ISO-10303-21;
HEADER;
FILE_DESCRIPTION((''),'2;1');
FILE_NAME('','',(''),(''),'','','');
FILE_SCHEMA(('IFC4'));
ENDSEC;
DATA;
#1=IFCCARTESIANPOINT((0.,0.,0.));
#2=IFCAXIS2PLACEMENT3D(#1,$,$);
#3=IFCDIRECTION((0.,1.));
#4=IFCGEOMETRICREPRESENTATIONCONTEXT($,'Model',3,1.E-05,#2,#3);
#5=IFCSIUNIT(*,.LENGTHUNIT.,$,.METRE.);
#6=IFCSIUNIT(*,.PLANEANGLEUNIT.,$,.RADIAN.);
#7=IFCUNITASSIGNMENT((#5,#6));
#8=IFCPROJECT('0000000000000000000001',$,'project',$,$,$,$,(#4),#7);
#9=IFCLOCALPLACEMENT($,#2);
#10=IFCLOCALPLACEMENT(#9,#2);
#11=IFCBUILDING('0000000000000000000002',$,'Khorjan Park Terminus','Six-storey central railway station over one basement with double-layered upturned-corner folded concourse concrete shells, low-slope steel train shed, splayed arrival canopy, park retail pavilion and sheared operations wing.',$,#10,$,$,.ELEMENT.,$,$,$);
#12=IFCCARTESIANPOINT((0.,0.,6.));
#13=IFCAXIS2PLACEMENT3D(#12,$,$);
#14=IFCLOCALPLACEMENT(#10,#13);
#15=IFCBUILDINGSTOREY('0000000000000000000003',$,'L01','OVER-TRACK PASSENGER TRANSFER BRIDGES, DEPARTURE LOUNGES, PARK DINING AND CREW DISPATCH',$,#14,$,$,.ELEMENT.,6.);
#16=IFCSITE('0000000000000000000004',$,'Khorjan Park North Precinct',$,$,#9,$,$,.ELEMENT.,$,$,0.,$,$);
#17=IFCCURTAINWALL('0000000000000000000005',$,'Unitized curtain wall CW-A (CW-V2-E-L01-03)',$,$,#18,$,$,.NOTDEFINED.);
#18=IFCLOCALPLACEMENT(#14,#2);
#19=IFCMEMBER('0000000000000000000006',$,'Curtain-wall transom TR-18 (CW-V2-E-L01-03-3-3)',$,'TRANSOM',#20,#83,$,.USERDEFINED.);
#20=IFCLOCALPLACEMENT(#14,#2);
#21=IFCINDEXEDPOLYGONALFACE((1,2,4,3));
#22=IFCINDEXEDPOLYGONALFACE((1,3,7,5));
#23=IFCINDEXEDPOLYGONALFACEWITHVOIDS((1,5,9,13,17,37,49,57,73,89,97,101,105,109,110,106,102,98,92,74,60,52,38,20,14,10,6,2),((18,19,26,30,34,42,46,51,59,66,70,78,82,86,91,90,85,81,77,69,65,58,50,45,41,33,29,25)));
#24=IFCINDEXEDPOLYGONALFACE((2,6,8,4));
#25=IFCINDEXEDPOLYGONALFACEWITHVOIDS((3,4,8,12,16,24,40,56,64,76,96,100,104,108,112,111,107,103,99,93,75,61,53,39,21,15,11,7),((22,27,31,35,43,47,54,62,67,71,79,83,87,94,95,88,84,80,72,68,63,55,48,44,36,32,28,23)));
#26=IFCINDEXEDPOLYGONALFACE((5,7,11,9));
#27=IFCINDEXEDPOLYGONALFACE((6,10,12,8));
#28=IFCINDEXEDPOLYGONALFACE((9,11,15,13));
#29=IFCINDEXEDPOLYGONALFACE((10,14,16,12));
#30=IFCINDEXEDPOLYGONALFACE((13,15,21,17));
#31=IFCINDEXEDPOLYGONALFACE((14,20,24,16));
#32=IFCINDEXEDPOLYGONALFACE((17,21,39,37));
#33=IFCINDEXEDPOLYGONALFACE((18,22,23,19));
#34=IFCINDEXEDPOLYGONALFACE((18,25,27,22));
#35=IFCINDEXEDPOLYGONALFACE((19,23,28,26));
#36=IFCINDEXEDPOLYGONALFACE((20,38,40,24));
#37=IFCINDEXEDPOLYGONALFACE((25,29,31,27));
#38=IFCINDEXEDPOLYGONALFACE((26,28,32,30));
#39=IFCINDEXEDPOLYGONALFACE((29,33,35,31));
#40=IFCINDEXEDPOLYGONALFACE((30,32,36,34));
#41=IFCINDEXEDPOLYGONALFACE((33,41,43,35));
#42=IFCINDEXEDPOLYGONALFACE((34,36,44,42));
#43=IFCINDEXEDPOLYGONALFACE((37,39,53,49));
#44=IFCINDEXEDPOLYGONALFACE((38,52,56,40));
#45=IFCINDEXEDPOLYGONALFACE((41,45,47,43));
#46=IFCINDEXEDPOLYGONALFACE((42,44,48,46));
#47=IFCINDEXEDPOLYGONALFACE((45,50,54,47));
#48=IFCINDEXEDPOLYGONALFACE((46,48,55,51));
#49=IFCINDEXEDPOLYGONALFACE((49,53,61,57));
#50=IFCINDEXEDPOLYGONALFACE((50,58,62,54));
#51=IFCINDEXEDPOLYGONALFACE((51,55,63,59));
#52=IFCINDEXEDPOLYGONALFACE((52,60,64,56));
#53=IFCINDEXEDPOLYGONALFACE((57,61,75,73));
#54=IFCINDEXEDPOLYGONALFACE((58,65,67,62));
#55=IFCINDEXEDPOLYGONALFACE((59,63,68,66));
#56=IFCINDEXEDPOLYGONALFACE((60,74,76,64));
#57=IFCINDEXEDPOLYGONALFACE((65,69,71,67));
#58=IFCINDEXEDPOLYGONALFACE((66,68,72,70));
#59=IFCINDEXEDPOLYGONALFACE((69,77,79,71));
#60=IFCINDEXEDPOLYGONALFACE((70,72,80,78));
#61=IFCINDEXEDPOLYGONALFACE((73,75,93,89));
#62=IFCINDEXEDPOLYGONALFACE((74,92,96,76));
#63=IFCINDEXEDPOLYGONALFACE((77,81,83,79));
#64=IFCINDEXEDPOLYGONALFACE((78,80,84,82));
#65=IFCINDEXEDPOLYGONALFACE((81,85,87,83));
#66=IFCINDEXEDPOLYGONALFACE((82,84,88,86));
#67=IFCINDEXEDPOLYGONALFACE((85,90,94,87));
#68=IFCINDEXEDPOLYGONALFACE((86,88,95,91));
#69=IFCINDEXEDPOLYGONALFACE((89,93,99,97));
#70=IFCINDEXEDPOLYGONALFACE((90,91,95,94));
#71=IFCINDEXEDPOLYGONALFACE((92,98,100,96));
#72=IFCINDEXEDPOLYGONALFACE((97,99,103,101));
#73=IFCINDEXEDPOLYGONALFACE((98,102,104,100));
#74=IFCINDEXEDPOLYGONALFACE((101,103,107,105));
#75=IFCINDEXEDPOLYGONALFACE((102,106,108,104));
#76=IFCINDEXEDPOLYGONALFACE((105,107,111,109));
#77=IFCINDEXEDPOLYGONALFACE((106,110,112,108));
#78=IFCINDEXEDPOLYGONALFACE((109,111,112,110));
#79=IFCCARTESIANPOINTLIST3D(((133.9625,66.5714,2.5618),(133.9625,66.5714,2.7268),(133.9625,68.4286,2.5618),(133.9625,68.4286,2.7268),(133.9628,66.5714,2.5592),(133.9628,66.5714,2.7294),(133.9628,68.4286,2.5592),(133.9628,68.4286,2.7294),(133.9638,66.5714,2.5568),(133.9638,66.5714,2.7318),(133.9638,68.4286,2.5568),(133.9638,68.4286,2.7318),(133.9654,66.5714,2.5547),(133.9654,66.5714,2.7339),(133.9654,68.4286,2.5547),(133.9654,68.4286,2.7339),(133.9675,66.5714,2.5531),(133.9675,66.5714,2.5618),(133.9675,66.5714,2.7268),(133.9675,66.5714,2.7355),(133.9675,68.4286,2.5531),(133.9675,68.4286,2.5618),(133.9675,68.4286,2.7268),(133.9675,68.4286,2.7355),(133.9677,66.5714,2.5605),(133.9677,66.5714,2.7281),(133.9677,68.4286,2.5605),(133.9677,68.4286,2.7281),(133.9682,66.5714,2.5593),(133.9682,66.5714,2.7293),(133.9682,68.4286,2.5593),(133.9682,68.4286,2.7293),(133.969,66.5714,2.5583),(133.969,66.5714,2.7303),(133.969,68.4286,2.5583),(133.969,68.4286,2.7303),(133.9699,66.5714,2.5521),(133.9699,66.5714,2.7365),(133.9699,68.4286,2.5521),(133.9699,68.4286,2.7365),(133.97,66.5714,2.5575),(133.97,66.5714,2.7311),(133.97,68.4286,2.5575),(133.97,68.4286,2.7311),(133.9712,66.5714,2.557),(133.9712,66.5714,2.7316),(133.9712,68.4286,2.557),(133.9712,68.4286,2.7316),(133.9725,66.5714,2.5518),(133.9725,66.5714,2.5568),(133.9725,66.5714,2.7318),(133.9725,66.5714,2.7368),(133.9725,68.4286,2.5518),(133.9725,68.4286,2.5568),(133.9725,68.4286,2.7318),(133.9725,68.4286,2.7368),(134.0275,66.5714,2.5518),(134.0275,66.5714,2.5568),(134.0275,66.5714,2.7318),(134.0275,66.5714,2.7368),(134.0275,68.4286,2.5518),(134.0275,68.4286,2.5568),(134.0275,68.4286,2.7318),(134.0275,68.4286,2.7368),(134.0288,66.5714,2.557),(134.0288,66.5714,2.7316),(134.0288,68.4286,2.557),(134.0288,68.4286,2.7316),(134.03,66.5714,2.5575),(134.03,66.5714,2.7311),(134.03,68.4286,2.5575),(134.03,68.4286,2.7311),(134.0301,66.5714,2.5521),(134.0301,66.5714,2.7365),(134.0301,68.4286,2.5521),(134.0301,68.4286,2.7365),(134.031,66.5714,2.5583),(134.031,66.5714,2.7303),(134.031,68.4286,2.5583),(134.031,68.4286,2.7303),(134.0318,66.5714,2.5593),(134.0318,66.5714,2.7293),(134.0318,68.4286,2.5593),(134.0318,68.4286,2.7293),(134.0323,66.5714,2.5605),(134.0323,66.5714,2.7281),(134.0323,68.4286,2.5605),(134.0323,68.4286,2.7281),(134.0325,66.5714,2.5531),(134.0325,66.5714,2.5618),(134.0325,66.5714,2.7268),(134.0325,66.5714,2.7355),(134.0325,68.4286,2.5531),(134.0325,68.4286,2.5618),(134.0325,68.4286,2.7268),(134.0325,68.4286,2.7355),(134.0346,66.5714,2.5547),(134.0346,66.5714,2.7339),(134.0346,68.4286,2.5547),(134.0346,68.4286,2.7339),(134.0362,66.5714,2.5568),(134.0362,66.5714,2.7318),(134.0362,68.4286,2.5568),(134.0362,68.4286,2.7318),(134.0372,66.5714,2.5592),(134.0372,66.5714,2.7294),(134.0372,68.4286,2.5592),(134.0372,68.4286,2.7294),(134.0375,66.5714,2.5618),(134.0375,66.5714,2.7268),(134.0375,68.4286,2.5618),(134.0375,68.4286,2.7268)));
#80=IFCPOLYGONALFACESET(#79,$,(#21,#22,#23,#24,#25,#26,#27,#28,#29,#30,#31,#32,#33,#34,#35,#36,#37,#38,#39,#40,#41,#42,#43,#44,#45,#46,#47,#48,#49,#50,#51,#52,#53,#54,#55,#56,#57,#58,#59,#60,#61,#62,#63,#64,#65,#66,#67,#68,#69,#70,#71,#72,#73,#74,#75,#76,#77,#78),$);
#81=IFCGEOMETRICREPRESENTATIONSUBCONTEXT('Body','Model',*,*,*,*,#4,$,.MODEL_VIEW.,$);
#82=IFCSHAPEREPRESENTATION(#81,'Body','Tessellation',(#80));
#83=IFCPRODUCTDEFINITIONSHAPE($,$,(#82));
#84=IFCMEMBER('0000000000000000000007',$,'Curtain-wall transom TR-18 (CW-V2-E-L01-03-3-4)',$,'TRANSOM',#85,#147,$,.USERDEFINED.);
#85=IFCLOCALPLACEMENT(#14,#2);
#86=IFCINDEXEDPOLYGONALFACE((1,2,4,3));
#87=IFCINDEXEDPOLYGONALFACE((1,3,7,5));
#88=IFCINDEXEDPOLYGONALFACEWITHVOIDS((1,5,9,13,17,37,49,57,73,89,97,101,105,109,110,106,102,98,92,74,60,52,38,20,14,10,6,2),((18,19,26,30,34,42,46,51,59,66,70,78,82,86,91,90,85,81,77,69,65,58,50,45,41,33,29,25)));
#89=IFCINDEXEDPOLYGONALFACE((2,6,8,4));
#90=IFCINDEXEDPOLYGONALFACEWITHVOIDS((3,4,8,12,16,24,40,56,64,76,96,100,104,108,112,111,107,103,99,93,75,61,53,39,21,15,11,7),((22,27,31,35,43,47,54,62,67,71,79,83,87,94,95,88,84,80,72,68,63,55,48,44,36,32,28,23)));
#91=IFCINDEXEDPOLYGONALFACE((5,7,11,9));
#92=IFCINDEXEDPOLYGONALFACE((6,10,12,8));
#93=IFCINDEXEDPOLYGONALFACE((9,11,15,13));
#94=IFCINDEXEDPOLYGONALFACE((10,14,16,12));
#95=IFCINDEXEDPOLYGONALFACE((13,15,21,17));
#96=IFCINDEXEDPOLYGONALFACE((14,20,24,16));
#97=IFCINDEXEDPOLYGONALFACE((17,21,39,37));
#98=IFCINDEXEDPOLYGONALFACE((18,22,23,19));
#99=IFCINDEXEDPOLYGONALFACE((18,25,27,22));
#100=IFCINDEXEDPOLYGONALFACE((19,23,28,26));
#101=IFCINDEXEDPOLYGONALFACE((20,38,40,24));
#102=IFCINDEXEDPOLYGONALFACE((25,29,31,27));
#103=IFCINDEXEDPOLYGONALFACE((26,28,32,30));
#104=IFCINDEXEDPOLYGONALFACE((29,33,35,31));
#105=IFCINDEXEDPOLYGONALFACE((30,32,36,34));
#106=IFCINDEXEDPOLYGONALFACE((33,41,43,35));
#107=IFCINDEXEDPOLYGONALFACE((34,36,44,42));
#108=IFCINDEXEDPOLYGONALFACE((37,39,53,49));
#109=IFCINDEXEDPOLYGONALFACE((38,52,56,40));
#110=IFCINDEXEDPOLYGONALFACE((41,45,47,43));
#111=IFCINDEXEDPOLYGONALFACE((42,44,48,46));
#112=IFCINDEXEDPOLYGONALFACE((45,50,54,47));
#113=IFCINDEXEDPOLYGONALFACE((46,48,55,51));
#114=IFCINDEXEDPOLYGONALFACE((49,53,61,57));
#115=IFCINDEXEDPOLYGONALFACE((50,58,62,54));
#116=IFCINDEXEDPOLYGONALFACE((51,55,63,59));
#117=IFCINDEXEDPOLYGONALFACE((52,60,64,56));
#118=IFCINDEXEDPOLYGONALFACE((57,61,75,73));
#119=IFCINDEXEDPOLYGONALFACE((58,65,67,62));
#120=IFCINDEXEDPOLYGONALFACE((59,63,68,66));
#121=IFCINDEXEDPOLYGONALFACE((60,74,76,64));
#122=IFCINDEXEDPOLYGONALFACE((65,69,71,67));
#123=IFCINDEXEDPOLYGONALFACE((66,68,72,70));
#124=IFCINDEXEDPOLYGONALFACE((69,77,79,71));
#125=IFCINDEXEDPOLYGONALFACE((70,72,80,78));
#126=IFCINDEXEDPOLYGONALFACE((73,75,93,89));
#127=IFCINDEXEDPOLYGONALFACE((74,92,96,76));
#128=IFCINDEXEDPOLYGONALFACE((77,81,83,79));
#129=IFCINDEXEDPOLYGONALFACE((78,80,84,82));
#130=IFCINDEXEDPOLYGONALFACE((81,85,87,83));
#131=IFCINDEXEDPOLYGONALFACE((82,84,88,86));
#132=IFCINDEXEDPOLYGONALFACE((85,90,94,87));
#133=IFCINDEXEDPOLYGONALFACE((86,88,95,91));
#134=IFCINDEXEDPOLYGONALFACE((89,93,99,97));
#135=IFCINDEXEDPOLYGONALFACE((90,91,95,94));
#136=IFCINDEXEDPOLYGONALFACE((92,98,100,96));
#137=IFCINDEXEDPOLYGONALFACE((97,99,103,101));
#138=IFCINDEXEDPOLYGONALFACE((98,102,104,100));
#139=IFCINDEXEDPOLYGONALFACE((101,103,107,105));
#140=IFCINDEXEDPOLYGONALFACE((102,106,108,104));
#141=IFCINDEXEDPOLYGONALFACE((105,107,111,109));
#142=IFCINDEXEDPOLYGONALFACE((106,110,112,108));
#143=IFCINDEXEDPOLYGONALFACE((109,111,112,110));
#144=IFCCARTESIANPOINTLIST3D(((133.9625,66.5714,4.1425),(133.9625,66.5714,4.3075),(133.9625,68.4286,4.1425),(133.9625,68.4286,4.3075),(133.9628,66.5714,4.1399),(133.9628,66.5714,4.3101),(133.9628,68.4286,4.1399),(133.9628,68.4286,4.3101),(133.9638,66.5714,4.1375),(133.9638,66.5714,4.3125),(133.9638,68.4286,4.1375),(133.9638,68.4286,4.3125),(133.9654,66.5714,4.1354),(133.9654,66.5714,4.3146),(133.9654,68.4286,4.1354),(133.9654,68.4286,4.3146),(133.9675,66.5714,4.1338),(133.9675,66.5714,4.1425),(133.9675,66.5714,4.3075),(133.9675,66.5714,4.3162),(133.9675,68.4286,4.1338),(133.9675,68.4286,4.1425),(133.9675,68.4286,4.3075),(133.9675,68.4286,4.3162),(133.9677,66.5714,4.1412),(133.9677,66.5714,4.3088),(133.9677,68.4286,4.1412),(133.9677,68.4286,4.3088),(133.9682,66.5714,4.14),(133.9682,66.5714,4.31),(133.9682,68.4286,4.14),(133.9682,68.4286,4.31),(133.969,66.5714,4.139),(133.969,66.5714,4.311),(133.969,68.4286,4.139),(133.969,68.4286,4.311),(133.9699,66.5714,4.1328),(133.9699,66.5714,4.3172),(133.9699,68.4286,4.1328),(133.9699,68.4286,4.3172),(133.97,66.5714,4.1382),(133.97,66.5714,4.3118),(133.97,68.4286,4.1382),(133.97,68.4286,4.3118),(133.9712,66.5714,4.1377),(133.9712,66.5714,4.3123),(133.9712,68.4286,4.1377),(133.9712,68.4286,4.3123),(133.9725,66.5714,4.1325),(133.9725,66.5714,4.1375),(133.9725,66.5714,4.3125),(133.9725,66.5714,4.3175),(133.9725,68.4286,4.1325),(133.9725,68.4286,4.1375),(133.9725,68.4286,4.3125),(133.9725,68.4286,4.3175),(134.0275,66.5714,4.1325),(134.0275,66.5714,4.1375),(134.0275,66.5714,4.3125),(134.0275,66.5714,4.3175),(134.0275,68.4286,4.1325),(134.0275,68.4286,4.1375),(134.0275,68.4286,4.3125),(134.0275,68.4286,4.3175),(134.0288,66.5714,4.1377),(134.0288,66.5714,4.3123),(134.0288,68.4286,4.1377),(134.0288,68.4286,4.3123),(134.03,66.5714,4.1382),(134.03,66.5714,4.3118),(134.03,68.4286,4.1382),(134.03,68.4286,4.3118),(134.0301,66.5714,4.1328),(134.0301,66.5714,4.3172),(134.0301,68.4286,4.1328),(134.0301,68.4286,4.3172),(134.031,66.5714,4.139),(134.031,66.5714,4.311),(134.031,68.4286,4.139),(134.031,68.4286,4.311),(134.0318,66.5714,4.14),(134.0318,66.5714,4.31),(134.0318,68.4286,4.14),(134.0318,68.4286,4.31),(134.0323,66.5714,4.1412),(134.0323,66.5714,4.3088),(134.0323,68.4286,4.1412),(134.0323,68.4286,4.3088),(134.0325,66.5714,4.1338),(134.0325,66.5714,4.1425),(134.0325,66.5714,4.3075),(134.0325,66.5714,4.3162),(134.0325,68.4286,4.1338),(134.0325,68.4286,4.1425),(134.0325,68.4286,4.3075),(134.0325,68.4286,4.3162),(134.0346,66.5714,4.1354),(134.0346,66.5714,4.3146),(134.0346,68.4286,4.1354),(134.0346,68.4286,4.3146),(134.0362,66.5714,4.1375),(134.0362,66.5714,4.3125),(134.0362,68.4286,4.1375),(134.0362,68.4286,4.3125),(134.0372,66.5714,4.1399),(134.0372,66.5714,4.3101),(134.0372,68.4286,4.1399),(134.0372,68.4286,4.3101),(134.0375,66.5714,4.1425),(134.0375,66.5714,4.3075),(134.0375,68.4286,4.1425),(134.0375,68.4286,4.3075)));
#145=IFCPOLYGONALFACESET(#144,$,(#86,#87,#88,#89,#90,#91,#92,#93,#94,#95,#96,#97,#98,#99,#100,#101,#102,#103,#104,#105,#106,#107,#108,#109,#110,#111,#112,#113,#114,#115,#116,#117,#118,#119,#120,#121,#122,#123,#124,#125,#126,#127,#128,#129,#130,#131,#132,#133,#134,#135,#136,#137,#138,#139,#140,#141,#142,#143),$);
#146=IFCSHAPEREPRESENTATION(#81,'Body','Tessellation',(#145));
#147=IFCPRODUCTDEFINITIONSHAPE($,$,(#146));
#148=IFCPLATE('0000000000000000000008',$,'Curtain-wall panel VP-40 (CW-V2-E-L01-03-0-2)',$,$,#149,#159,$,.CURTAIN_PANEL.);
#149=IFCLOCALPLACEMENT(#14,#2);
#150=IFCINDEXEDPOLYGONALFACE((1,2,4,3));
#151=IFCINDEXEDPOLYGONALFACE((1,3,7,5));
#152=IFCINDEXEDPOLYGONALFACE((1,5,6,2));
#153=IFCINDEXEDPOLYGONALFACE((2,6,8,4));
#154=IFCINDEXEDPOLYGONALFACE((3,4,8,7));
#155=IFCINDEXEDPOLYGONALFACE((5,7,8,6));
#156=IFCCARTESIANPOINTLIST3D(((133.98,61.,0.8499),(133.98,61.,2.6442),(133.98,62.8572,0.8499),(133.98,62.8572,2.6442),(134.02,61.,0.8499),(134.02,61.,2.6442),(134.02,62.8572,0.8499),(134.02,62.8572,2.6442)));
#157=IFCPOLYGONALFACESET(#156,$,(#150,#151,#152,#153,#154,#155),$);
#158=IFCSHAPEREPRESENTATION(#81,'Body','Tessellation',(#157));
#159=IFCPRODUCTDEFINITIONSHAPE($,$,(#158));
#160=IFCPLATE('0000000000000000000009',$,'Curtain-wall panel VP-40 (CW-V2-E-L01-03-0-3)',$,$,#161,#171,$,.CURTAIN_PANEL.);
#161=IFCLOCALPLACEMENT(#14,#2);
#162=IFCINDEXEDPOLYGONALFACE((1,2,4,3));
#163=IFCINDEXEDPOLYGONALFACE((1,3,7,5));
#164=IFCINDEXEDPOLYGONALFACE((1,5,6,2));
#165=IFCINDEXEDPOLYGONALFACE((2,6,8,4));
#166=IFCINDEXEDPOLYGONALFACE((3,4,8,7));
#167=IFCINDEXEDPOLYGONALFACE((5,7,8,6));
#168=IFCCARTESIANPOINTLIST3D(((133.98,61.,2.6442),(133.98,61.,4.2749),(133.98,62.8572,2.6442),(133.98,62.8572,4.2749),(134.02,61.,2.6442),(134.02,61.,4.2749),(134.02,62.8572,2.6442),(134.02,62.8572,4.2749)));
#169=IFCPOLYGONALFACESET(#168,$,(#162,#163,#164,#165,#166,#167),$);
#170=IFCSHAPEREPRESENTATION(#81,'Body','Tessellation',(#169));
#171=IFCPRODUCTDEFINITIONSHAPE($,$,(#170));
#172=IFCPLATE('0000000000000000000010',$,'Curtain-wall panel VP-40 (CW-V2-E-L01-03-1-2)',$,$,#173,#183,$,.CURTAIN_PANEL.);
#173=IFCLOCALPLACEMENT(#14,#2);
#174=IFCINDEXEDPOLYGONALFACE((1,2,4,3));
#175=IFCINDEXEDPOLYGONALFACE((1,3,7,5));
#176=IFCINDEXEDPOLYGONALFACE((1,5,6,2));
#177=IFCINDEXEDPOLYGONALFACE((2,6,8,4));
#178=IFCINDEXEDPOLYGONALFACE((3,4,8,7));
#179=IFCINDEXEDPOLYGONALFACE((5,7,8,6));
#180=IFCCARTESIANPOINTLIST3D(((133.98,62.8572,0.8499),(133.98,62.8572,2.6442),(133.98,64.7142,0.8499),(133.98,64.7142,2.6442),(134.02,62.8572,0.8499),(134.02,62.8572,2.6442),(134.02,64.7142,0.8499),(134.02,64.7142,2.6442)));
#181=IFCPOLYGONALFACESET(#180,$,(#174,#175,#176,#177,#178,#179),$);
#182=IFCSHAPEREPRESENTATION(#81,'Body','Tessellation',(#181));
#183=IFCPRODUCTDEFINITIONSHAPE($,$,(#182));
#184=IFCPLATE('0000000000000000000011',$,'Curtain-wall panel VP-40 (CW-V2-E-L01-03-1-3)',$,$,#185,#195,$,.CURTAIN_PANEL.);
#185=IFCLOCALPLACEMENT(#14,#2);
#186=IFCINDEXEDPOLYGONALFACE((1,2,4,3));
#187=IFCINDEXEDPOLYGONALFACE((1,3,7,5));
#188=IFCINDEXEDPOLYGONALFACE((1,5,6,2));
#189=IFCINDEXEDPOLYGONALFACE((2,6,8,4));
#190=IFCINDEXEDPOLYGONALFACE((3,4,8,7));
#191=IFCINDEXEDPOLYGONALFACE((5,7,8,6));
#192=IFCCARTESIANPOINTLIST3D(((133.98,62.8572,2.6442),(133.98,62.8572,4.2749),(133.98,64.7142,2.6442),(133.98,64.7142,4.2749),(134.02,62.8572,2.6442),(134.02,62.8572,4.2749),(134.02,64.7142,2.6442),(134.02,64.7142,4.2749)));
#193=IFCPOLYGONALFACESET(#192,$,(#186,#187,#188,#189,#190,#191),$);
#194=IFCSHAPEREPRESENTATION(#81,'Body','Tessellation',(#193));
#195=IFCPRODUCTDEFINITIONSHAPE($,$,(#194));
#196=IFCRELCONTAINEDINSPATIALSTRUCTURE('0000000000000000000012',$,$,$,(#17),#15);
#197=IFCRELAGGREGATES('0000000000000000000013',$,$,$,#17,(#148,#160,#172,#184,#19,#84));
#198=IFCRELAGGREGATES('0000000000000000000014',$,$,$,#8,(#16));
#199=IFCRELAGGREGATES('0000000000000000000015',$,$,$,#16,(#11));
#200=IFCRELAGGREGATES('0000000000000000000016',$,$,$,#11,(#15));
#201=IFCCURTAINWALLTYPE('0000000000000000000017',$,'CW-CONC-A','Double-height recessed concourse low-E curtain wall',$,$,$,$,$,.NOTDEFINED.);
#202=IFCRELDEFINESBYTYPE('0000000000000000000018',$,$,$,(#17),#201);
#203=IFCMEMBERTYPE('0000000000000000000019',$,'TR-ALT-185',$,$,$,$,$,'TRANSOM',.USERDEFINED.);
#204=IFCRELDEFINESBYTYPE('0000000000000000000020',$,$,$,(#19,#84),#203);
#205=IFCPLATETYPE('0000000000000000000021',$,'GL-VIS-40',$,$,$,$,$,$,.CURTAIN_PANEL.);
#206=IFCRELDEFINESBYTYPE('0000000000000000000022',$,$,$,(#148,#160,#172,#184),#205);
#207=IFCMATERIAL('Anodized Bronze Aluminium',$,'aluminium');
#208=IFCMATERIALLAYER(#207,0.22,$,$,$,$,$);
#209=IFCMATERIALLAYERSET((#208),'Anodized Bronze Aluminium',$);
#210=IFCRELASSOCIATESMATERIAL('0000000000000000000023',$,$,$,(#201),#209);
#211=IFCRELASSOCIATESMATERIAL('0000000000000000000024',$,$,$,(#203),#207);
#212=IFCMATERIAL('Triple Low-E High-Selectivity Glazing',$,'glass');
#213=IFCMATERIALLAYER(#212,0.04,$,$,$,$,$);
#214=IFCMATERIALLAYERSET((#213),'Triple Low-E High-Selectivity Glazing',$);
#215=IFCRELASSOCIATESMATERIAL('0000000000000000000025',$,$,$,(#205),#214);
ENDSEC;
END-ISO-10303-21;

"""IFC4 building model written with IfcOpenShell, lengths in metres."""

from ifc_helpers import new_model, si_unit, direction, frame, origin, origin_2d, place, context, subcontext, project, spatial, rectangle, hollow_rectangle, extrude, material, layer, layer_set, material_profile, profile_set, type_object, element, aggregate, save


model = new_model("IFC4")

# Units and contexts
model_context = context("Model", 3, precision=1e-05, world=origin(), true_north=direction((0.0, 1.0)))
body_context = subcontext(model_context, "Body", "Model", "MODEL_VIEW")
ifc_project = project(units=[si_unit("LENGTHUNIT", "METRE"), si_unit("PLANEANGLEUNIT", "RADIAN")], contexts=[model_context])

# Site, building, storey
site_placement = place(None, origin())
site = spatial("IfcSite", under=ifc_project, at=site_placement, Name="Khorjan Park North Precinct", CompositionType="ELEMENT", RefElevation=0.0)
building_placement = place(site_placement, origin())
building = spatial("IfcBuilding", under=site, at=building_placement, Name="Khorjan Park Terminus", Description="Six-storey central railway station over one basement with double-layered upturned-corner folded concourse concrete shells, low-slope steel train shed, splayed arrival canopy, park retail pavilion and sheared operations wing.", CompositionType="ELEMENT")
storey_placement = place(building_placement, frame((0.0, 0.0, 6.0)))
storey = spatial("IfcBuildingStorey", under=building, at=storey_placement, Name="L01", Description="OVER-TRACK PASSENGER TRANSFER BRIDGES, DEPARTURE LOUNGES, PARK DINING AND CREW DISPATCH", CompositionType="ELEMENT", Elevation=6.0)

# Shared definitions
ifc_material_1 = material(Name="Anodized Bronze Aluminium", Category="aluminium")
ifc_layer_1 = layer(ifc_material_1, 0.22)
ifc_layer_set_1 = layer_set([ifc_layer_1], Name="Anodized Bronze Aluminium")
curtain_wall_type = type_object("IfcCurtainWallType", Name="CW-CONC-A", Description="Double-height recessed concourse low-E curtain wall", PredefinedType="NOTDEFINED", material=ifc_layer_set_1)

# Curtain wall
curtain_wall_1_placement = place(storey_placement, origin())
curtain_wall_1 = element("IfcCurtainWall", 1, at=curtain_wall_1_placement, inside=storey, type_object=curtain_wall_type, Name="Unitized curtain wall CW-A (CW-V2-E-L01-03)", PredefinedType="NOTDEFINED")

# Members
ifc_material_profile_1 = material_profile(ifc_material_1, hollow_rectangle(XDim=0.075, YDim=0.185, WallThickness=0.005, InnerFilletRadius=0.005, OuterFilletRadius=0.01, at=origin_2d()), Name="ALT 75x185x5")
ifc_profile_set_1 = profile_set([ifc_material_profile_1], Name="Anodized Bronze Aluminium")
member_type_1 = type_object("IfcMemberType", Name="TR-ALT-185", ElementType="TRANSOM", PredefinedType="USERDEFINED", material=ifc_profile_set_1)
member_1_placement = place(storey_placement, frame((134.0, 66.5714, 2.6443), z_axis=(0.0, 1.0, 0.0), x_axis=(-1.0, 0.0, 0.0)))
member_1 = element("IfcMember", 2, at=member_1_placement, type_object=member_type_1, Name="Curtain-wall transom TR-18 (CW-V2-E-L01-03-3-3)", ObjectType="TRANSOM", PredefinedType="USERDEFINED", context=body_context, shape_type="SweptSolid", body=[
    extrude(hollow_rectangle(XDim=0.075, YDim=0.185, WallThickness=0.005, InnerFilletRadius=0.005, OuterFilletRadius=0.01, at=origin_2d()), origin(), (0.0, 0.0, 1.0), 1.8572),
])
member_2_placement = place(storey_placement, frame((134.0, 66.5714, 4.225), z_axis=(0.0, 1.0, 0.0), x_axis=(-1.0, 0.0, 0.0)))
member_2 = element("IfcMember", 3, at=member_2_placement, type_object=member_type_1, Name="Curtain-wall transom TR-18 (CW-V2-E-L01-03-3-4)", ObjectType="TRANSOM", PredefinedType="USERDEFINED", context=body_context, shape_type="SweptSolid", body=[
    extrude(hollow_rectangle(XDim=0.075, YDim=0.185, WallThickness=0.005, InnerFilletRadius=0.005, OuterFilletRadius=0.01, at=origin_2d()), origin(), (0.0, 0.0, 1.0), 1.8572),
])

# Plates
ifc_material_2 = material(Name="Triple Low-E High-Selectivity Glazing", Category="glass")
ifc_layer_2 = layer(ifc_material_2, 0.04)
ifc_layer_set_2 = layer_set([ifc_layer_2], Name="Triple Low-E High-Selectivity Glazing")
plate_type_1 = type_object("IfcPlateType", Name="GL-VIS-40", PredefinedType="CURTAIN_PANEL", material=ifc_layer_set_2)
plate_1_placement = place(storey_placement, frame((134.0, 61.9286, 0.8499), z_axis=(0.0, 0.0, 1.0), x_axis=(0.0, 1.0, 0.0)))
plate_1 = element("IfcPlate", 4, at=plate_1_placement, type_object=plate_type_1, Name="Curtain-wall panel VP-40 (CW-V2-E-L01-03-0-2)", PredefinedType="CURTAIN_PANEL", context=body_context, shape_type="SweptSolid", body=[
    extrude(rectangle(XDim=1.8571, YDim=0.04, at=origin_2d()), origin(), (0.0, 0.0, 1.0), 1.7943),
])
plate_2_placement = place(storey_placement, frame((134.0, 61.9286, 2.6442), z_axis=(0.0, 0.0, 1.0), x_axis=(0.0, 1.0, 0.0)))
plate_2 = element("IfcPlate", 5, at=plate_2_placement, type_object=plate_type_1, Name="Curtain-wall panel VP-40 (CW-V2-E-L01-03-0-3)", PredefinedType="CURTAIN_PANEL", context=body_context, shape_type="SweptSolid", body=[
    extrude(rectangle(XDim=1.8571, YDim=0.04, at=origin_2d()), origin(), (0.0, 0.0, 1.0), 1.6307),
])
plate_3_placement = place(storey_placement, frame((134.0, 63.7857, 0.8499), z_axis=(0.0, 0.0, 1.0), x_axis=(0.0, 1.0, 0.0)))
plate_3 = element("IfcPlate", 6, at=plate_3_placement, type_object=plate_type_1, Name="Curtain-wall panel VP-40 (CW-V2-E-L01-03-1-2)", PredefinedType="CURTAIN_PANEL", context=body_context, shape_type="SweptSolid", body=[
    extrude(rectangle(XDim=1.8571, YDim=0.04, at=origin_2d()), origin(), (0.0, 0.0, 1.0), 1.7943),
])
plate_4_placement = place(storey_placement, frame((134.0, 63.7857, 2.6442), z_axis=(0.0, 0.0, 1.0), x_axis=(0.0, 1.0, 0.0)))
plate_4 = element("IfcPlate", 7, at=plate_4_placement, type_object=plate_type_1, Name="Curtain-wall panel VP-40 (CW-V2-E-L01-03-1-3)", PredefinedType="CURTAIN_PANEL", context=body_context, shape_type="SweptSolid", body=[
    extrude(rectangle(XDim=1.8571, YDim=0.04, at=origin_2d()), origin(), (0.0, 0.0, 1.0), 1.6307),
])
aggregate(curtain_wall_1, [plate_1, plate_2, plate_3, plate_4, member_1, member_2])

save(model, "model.ifc")
